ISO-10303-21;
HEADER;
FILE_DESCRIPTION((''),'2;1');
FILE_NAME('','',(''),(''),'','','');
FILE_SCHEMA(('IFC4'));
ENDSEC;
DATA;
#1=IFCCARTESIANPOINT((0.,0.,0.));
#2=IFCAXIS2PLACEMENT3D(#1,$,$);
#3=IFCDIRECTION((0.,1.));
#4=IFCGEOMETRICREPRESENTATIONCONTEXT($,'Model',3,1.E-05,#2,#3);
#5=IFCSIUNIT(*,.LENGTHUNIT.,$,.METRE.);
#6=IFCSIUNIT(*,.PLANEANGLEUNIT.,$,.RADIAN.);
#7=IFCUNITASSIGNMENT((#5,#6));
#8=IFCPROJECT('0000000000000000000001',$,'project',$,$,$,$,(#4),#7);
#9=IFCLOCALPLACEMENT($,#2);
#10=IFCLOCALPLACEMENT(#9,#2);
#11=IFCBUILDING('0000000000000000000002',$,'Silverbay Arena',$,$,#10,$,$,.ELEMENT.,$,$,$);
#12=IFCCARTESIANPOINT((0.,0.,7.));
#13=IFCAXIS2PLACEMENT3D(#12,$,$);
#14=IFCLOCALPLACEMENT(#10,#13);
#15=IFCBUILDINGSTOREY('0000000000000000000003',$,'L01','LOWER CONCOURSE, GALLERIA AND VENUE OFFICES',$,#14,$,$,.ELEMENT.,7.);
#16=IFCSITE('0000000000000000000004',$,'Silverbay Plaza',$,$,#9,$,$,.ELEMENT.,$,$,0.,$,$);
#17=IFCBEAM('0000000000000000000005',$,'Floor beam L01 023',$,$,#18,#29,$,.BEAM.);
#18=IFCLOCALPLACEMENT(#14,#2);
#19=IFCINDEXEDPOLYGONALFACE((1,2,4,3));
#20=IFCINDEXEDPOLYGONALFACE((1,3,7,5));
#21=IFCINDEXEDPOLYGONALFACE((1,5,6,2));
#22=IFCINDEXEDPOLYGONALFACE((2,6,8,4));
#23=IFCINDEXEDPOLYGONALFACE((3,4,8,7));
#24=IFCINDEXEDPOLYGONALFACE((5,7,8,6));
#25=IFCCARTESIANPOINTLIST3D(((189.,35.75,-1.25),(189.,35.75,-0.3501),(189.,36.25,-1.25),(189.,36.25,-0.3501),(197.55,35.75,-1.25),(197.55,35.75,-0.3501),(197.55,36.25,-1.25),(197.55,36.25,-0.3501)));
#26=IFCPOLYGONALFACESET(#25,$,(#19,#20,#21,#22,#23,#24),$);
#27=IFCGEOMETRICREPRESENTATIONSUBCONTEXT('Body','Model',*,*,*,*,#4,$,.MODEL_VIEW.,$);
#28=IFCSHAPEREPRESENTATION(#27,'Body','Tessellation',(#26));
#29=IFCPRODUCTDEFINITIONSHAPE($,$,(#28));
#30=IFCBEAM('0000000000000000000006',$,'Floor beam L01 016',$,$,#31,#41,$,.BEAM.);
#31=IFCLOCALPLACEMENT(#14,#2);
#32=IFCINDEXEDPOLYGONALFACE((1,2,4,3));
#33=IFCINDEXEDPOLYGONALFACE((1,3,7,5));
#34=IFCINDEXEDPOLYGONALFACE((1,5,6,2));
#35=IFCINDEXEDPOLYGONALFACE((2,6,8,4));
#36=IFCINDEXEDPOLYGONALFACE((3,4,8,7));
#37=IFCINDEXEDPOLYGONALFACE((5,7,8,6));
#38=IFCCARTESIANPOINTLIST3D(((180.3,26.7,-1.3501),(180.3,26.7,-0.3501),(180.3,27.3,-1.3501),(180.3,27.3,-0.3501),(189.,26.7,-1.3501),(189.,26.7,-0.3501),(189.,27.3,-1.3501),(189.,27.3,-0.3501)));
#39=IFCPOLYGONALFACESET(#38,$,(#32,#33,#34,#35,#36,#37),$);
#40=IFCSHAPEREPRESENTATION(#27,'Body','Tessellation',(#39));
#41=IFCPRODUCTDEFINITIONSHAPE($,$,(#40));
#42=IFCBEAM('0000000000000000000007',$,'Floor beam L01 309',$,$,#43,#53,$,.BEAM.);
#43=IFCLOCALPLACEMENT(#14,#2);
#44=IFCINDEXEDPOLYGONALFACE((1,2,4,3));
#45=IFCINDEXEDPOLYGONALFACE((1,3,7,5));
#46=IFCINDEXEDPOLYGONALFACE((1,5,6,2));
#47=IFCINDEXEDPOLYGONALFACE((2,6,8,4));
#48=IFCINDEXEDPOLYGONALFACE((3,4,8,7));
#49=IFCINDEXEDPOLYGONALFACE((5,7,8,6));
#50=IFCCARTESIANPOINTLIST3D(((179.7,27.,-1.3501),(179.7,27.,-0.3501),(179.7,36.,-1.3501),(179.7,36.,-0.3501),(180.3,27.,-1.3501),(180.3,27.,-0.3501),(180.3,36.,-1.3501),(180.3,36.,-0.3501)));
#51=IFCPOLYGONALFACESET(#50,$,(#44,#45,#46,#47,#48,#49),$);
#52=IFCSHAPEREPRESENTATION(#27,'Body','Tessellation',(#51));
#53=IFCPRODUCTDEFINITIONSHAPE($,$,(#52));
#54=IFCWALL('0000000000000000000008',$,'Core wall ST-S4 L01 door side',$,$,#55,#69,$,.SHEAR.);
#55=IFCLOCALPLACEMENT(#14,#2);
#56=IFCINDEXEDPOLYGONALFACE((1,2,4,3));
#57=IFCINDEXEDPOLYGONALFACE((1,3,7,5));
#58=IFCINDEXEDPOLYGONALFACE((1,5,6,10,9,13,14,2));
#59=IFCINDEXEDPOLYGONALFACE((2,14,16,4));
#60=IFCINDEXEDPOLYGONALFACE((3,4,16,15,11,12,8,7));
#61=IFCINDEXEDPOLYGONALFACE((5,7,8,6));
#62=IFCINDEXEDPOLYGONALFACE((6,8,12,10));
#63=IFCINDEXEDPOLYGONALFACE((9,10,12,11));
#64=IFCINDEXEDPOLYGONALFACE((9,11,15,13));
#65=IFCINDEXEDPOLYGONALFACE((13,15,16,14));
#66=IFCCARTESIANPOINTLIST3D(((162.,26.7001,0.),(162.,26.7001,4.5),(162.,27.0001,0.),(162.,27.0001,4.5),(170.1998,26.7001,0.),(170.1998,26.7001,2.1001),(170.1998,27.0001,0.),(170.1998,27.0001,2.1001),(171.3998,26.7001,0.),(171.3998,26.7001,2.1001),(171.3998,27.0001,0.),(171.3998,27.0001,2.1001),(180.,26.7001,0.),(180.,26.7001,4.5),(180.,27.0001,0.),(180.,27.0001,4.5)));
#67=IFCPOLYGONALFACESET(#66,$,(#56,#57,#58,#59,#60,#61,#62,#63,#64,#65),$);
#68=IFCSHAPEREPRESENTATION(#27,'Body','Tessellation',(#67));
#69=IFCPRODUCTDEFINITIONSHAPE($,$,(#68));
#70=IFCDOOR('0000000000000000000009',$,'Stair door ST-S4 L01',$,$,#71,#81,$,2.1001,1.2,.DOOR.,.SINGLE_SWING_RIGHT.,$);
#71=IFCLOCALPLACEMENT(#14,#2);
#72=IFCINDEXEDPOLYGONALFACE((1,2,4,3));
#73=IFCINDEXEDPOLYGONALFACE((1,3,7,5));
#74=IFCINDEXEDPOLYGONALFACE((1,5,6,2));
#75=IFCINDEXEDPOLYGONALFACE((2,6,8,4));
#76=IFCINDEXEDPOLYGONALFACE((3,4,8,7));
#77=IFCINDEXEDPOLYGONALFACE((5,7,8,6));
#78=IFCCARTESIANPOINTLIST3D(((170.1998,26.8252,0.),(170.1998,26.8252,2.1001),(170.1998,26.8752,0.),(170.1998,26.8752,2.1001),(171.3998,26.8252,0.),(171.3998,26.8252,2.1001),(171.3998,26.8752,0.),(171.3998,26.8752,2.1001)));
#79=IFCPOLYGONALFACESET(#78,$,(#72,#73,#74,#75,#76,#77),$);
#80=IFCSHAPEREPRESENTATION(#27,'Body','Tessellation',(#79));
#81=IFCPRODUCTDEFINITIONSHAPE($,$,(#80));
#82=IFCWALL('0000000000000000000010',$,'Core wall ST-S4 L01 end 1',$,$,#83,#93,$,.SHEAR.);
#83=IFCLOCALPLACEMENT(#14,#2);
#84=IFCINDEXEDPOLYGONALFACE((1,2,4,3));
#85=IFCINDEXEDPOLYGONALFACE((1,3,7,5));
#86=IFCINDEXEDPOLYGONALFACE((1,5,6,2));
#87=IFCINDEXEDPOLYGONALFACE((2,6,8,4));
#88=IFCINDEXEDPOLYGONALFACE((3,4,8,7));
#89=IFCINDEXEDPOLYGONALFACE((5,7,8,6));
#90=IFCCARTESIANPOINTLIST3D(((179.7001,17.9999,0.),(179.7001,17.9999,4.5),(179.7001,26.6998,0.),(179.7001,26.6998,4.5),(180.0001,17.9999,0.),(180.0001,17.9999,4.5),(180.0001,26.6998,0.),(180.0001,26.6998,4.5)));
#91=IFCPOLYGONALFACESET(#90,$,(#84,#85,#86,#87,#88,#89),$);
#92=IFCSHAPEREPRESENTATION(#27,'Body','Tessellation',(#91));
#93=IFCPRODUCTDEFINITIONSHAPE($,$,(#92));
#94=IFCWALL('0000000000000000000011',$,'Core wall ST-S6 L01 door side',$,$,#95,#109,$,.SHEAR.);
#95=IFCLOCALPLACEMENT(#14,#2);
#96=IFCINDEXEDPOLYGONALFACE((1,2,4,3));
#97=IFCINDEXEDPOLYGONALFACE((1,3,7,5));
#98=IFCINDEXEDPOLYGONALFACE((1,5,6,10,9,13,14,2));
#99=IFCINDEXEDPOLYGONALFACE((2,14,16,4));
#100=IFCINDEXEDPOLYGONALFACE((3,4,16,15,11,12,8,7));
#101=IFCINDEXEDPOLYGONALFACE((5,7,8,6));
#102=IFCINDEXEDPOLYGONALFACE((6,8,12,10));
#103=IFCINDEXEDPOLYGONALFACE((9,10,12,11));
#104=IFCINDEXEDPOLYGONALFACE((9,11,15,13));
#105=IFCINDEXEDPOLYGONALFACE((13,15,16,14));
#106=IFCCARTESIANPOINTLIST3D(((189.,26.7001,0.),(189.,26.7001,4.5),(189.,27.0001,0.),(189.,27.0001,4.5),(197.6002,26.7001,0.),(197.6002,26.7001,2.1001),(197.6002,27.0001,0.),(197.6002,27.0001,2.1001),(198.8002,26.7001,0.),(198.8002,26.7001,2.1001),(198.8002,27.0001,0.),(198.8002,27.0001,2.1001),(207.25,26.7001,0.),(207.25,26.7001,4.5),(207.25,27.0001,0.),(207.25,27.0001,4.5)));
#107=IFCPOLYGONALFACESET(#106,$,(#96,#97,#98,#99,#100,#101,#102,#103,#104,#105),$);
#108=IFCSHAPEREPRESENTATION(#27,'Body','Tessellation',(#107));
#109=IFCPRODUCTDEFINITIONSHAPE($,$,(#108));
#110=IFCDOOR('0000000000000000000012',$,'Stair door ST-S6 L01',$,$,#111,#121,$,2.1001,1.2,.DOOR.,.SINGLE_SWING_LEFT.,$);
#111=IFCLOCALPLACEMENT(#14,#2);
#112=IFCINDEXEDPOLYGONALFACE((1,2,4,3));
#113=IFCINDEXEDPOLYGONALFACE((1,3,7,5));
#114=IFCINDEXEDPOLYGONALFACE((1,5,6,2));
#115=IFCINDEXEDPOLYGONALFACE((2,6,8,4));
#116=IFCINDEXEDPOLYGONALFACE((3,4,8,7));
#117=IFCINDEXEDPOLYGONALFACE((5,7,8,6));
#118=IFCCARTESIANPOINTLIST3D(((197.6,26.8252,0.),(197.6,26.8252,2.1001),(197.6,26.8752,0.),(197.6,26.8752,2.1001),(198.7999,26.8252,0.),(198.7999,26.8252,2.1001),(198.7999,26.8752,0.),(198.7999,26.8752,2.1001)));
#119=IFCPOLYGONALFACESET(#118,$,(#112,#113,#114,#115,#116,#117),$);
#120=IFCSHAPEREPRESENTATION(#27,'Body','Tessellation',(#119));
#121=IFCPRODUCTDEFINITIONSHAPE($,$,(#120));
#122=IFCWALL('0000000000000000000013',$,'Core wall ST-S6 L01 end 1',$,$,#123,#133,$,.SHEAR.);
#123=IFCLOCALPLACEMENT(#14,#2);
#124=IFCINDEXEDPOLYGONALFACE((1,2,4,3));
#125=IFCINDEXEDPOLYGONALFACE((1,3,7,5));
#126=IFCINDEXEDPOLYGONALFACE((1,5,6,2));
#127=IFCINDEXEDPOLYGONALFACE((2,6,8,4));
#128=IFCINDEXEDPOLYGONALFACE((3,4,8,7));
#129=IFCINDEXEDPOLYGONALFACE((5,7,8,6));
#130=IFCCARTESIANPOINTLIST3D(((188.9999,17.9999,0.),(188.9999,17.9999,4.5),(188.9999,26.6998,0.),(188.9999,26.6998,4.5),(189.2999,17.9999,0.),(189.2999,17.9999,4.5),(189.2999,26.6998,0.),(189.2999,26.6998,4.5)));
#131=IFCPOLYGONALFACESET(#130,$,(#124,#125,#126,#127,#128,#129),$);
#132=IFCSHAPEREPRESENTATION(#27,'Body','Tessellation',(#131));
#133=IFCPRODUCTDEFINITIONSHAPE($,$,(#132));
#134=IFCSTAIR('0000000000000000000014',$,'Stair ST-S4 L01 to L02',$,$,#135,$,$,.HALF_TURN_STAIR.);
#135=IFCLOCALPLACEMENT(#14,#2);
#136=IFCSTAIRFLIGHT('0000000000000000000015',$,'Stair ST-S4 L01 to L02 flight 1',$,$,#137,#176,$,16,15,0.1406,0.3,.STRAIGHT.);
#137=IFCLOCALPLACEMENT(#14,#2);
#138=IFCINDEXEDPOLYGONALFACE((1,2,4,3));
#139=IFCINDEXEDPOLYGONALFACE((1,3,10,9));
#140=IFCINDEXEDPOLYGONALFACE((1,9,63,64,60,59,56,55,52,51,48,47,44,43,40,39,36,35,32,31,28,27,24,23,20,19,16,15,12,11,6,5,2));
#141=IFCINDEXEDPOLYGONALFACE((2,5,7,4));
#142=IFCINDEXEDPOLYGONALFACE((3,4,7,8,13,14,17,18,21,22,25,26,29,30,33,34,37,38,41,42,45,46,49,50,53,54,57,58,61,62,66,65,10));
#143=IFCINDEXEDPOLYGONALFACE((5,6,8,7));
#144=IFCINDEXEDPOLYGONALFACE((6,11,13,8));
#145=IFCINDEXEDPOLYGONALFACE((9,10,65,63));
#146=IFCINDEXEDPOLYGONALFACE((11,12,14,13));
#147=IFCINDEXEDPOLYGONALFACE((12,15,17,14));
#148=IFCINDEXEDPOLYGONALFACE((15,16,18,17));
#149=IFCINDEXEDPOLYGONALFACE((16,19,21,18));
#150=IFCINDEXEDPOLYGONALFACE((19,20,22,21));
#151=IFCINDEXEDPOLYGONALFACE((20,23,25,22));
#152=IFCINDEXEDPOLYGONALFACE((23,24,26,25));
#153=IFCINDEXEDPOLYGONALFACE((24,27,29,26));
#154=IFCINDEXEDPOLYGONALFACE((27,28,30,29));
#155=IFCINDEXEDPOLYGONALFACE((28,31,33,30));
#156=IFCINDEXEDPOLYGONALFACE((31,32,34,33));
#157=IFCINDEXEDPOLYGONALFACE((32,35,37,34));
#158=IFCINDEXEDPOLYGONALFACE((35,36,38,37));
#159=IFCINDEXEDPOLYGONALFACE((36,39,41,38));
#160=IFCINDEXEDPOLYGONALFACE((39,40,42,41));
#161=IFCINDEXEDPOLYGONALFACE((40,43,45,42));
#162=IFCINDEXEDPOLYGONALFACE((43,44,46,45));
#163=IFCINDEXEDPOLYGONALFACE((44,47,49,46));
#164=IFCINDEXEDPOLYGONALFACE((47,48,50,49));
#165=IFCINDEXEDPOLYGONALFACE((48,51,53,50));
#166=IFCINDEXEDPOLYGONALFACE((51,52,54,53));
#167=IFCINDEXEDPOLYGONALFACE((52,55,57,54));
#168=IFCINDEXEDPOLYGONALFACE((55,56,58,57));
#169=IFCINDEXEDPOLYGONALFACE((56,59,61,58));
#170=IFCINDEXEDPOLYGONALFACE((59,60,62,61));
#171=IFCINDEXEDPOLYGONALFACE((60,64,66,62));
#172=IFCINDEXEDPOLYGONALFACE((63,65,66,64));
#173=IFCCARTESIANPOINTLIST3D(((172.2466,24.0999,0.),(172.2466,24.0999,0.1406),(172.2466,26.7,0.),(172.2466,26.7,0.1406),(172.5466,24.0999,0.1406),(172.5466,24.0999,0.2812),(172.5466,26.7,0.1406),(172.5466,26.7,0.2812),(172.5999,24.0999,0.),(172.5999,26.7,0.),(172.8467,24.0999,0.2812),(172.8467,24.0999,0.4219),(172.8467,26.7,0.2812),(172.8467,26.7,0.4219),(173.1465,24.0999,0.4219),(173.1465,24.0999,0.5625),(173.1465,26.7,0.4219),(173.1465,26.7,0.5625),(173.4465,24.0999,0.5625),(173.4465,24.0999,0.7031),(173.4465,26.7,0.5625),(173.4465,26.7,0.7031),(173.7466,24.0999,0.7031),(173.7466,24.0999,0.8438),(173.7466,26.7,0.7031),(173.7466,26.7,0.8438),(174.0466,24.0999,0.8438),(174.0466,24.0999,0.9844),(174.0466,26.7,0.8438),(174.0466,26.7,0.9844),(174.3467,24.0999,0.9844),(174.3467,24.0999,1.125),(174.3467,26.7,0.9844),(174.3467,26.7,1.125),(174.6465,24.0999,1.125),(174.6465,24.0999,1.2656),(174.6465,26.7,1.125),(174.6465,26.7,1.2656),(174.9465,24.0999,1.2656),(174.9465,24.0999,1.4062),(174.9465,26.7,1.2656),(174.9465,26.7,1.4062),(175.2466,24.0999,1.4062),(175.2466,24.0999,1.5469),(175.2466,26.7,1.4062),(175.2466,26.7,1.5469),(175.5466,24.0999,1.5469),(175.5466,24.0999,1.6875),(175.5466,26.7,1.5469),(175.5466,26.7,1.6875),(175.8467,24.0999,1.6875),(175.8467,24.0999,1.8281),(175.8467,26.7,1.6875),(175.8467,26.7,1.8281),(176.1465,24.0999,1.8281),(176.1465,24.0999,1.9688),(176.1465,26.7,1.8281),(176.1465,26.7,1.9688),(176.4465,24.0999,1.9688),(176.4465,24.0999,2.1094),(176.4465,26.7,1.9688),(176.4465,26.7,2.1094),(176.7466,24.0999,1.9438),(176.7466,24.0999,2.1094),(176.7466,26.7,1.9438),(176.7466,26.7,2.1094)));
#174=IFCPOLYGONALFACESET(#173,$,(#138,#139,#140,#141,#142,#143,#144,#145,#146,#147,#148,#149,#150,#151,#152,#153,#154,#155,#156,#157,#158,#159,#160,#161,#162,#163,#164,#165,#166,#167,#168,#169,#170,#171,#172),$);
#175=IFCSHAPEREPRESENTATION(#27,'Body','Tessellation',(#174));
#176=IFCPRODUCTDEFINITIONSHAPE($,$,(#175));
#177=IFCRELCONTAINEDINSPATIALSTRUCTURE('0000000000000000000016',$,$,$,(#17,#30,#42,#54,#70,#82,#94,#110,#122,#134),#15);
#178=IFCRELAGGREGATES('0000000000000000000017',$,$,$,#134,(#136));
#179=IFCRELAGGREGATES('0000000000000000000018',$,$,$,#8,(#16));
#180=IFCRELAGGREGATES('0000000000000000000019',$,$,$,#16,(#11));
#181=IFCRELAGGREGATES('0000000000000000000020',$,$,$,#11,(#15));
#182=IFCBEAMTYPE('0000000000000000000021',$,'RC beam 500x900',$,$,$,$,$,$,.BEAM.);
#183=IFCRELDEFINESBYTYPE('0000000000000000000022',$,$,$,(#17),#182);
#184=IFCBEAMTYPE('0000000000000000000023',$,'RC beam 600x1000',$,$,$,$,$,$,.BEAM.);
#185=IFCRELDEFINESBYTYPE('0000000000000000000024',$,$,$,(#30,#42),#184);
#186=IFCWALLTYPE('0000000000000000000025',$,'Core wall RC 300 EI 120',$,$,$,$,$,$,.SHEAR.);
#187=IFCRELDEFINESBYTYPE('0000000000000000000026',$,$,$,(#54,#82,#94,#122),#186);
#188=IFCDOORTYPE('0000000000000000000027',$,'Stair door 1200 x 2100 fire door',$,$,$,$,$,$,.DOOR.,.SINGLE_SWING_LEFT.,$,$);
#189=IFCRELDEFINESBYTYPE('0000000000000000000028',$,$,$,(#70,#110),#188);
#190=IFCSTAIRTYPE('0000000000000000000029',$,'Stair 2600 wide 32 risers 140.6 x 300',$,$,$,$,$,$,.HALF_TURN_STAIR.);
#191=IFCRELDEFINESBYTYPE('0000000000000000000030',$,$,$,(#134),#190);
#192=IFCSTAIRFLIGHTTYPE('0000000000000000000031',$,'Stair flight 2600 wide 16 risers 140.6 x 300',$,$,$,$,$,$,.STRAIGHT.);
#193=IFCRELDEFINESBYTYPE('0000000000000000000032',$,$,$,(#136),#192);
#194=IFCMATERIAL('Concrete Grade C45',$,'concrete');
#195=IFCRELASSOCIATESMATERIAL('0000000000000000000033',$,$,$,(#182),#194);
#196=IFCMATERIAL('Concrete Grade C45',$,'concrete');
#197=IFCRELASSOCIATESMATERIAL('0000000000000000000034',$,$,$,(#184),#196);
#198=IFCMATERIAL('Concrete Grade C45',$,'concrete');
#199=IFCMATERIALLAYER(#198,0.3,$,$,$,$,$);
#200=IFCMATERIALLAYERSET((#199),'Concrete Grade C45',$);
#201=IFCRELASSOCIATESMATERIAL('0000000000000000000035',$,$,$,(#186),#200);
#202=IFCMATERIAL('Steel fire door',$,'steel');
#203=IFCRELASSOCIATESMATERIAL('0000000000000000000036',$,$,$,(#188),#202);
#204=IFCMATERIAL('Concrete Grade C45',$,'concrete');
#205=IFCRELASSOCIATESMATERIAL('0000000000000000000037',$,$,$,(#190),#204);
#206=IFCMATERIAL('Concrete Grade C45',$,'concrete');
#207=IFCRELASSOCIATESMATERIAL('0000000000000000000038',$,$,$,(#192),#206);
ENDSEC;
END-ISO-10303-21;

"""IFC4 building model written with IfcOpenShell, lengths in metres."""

from ifc_helpers import new_model, si_unit, direction, frame, frame_2d, origin, origin_2d, place, context, subcontext, project, spatial, polyline, rectangle, outline, extrude, material, layer, layer_set, material_profile, profile_set, type_object, element, fill, aggregate, save


model = new_model("IFC4")

# Units and contexts
model_context = context("Model", 3, precision=1e-05, world=origin(), true_north=direction((0.0, 1.0)))
body_context = subcontext(model_context, "Body", "Model", "MODEL_VIEW")
ifc_project = project(units=[si_unit("LENGTHUNIT", "METRE"), si_unit("PLANEANGLEUNIT", "RADIAN")], contexts=[model_context])

# Site, building, storey
site_placement = place(None, origin())
site = spatial("IfcSite", under=ifc_project, at=site_placement, Name="Silverbay Plaza", CompositionType="ELEMENT", RefElevation=0.0)
building_placement = place(site_placement, origin())
building = spatial("IfcBuilding", under=site, at=building_placement, Name="Silverbay Arena", CompositionType="ELEMENT")
storey_placement = place(building_placement, frame((0.0, 0.0, 7.0)))
storey = spatial("IfcBuildingStorey", under=building, at=storey_placement, Name="L01", Description="LOWER CONCOURSE, GALLERIA AND VENUE OFFICES", CompositionType="ELEMENT", Elevation=7.0)

# Beams
ifc_material_1 = material(Name="Concrete Grade C45", Category="concrete")
ifc_material_profile_1 = material_profile(ifc_material_1, rectangle(XDim=0.5, YDim=0.8999, at=origin_2d()), Name="RC 500x900")
ifc_profile_set_1 = profile_set([ifc_material_profile_1], Name="Concrete Grade C45")
beam_type_1 = type_object("IfcBeamType", Name="RC beam 500x900", PredefinedType="BEAM", material=ifc_profile_set_1)
beam_1_placement = place(storey_placement, frame((189.0, 36.0, -0.8), z_axis=(1.0, 0.0, 0.0), x_axis=(0.0, 1.0, 0.0)))
element("IfcBeam", 1, at=beam_1_placement, inside=storey, type_object=beam_type_1, Name="Floor beam L01 023", PredefinedType="BEAM", context=body_context, shape_type="SweptSolid", body=[
    extrude(rectangle(XDim=0.5, YDim=0.8999, at=origin_2d()), origin(), (0.0, 0.0, 1.0), 8.55),
])
ifc_material_2 = material(Name="Concrete Grade C45", Category="concrete")
ifc_material_profile_2 = material_profile(ifc_material_2, rectangle(XDim=0.6001, YDim=1.0, at=origin_2d()), Name="RC 600x1000")
ifc_profile_set_2 = profile_set([ifc_material_profile_2], Name="Concrete Grade C45")
beam_type_2 = type_object("IfcBeamType", Name="RC beam 600x1000", PredefinedType="BEAM", material=ifc_profile_set_2)
beam_2_placement = place(storey_placement, frame((180.3, 27.0, -0.8501), z_axis=(1.0, 0.0, 0.0), x_axis=(0.0, 1.0, 0.0)))
element("IfcBeam", 2, at=beam_2_placement, inside=storey, type_object=beam_type_2, Name="Floor beam L01 016", PredefinedType="BEAM", context=body_context, shape_type="SweptSolid", body=[
    extrude(rectangle(XDim=0.6001, YDim=1.0, at=origin_2d()), origin(), (0.0, 0.0, 1.0), 8.7),
])
beam_3_placement = place(storey_placement, frame((180.0, 27.0, -0.8501), z_axis=(0.0, 1.0, 0.0), x_axis=(-1.0, 0.0, 0.0)))
element("IfcBeam", 3, at=beam_3_placement, inside=storey, type_object=beam_type_2, Name="Floor beam L01 309", PredefinedType="BEAM", context=body_context, shape_type="SweptSolid", body=[
    extrude(rectangle(XDim=0.6001, YDim=1.0, at=origin_2d()), origin(), (0.0, 0.0, 1.0), 9.0),
])

# Wall, opening, door
ifc_material_3 = material(Name="Concrete Grade C45", Category="concrete")
ifc_layer = layer(ifc_material_3, 0.3)
ifc_layer_set = layer_set([ifc_layer], Name="Concrete Grade C45")
wall_type = type_object("IfcWallType", Name="Core wall RC 300 EI 120", PredefinedType="SHEAR", material=ifc_layer_set)
wall_1_placement = place(storey_placement, frame((180.0, 26.8501, 0.0), z_axis=(0.0, 0.0, 1.0), x_axis=(-1.0, 0.0, 0.0)))
wall_1 = element("IfcWall", 4, at=wall_1_placement, inside=storey, type_object=wall_type, Name="Core wall ST-S4 L01 door side", PredefinedType="SHEAR", context=body_context, shape_type="SweptSolid", body=[
    extrude(rectangle(XDim=18.0, YDim=0.3, at=frame_2d((9.0, 0.0))), origin(), (0.0, 0.0, 1.0), 4.5),
])
opening_1_placement = place(wall_1_placement, frame((8.6001, 0.0, 0.0)))
opening_1 = element("IfcOpeningElement", 5, at=opening_1_placement, cuts=wall_1, PredefinedType="OPENING", context=body_context, shape_type="SweptSolid", body=[
    extrude(rectangle(XDim=1.2, YDim=2.1001, at=frame_2d((0.6001, 1.05))), frame((0.0, 0.1602, 0.0), z_axis=(0.0, -1.0, 0.0), x_axis=(1.0, 0.0, 0.0)), (0.0, 0.0, 1.0), 0.3201),
])
ifc_material_4 = material(Name="Steel fire door", Category="steel")
door_type = type_object("IfcDoorType", Name="Stair door 1200 x 2100 fire door", OperationType="SINGLE_SWING_LEFT", PredefinedType="DOOR", material=ifc_material_4)
door_1_placement = place(opening_1_placement, origin())
door_1 = element("IfcDoor", 6, at=door_1_placement, inside=storey, type_object=door_type, Name="Stair door ST-S4 L01", OperationType="SINGLE_SWING_RIGHT", OverallHeight=2.1001, OverallWidth=1.2, PredefinedType="DOOR", context=body_context, shape_type="SweptSolid", body=[
    extrude(rectangle(XDim=1.2, YDim=2.1001, at=frame_2d((0.6001, 1.05))), frame((0.0, 0.0249, 0.0), z_axis=(0.0, -1.0, 0.0), x_axis=(1.0, 0.0, 0.0)), (0.0, 0.0, 1.0), 0.05),
])
fill(opening_1, door_1)

# Wall
wall_2_placement = place(storey_placement, frame((179.8501, 26.7, 0.0), z_axis=(0.0, 0.0, 1.0), x_axis=(0.0, -1.0, 0.0)))
element("IfcWall", 7, at=wall_2_placement, inside=storey, type_object=wall_type, Name="Core wall ST-S4 L01 end 1", PredefinedType="SHEAR", context=body_context, shape_type="SweptSolid", body=[
    extrude(rectangle(XDim=8.7, YDim=0.3, at=frame_2d((4.3501, 0.0))), origin(), (0.0, 0.0, 1.0), 4.5),
])

# Wall, opening, door
wall_3_placement = place(storey_placement, frame((189.0, 26.8501, 0.0), z_axis=(0.0, 0.0, 1.0), x_axis=(1.0, 0.0, 0.0)))
wall_3 = element("IfcWall", 8, at=wall_3_placement, inside=storey, type_object=wall_type, Name="Core wall ST-S6 L01 door side", PredefinedType="SHEAR", context=body_context, shape_type="SweptSolid", body=[
    extrude(rectangle(XDim=18.25, YDim=0.3, at=frame_2d((9.125, 0.0))), origin(), (0.0, 0.0, 1.0), 4.5),
])
opening_2_placement = place(wall_3_placement, frame((8.6001, 0.0, 0.0)))
opening_2 = element("IfcOpeningElement", 9, at=opening_2_placement, cuts=wall_3, PredefinedType="OPENING", context=body_context, shape_type="SweptSolid", body=[
    extrude(rectangle(XDim=1.2, YDim=2.1001, at=frame_2d((0.6001, 1.05))), frame((0.0, 0.1602, 0.0), z_axis=(0.0, -1.0, 0.0), x_axis=(1.0, 0.0, 0.0)), (0.0, 0.0, 1.0), 0.3201),
])
door_2_placement = place(opening_2_placement, frame((1.2, 0.0, 0.0), z_axis=(0.0, 0.0, 1.0), x_axis=(-1.0, 0.0, 0.0)))
door_2 = element("IfcDoor", 10, at=door_2_placement, inside=storey, type_object=door_type, Name="Stair door ST-S6 L01", OperationType="SINGLE_SWING_LEFT", OverallHeight=2.1001, OverallWidth=1.2, PredefinedType="DOOR", context=body_context, shape_type="SweptSolid", body=[
    extrude(rectangle(XDim=1.2, YDim=2.1001, at=frame_2d((0.6001, 1.05))), frame((0.0, 0.0249, 0.0), z_axis=(0.0, -1.0, 0.0), x_axis=(1.0, 0.0, 0.0)), (0.0, 0.0, 1.0), 0.05),
])
fill(opening_2, door_2)

# Wall
wall_4_placement = place(storey_placement, frame((189.1499, 26.7, 0.0), z_axis=(0.0, 0.0, 1.0), x_axis=(0.0, -1.0, 0.0)))
element("IfcWall", 11, at=wall_4_placement, inside=storey, type_object=wall_type, Name="Core wall ST-S6 L01 end 1", PredefinedType="SHEAR", context=body_context, shape_type="SweptSolid", body=[
    extrude(rectangle(XDim=8.7, YDim=0.3, at=frame_2d((4.3501, 0.0))), origin(), (0.0, 0.0, 1.0), 4.5),
])

# Stair, stair flight
ifc_material_5 = material(Name="Concrete Grade C45", Category="concrete")
stair_type = type_object("IfcStairType", Name="Stair 2600 wide 32 risers 140.6 x 300", PredefinedType="HALF_TURN_STAIR", material=ifc_material_5)
stair_1_placement = place(storey_placement, origin())
stair_1 = element("IfcStair", 12, at=stair_1_placement, inside=storey, type_object=stair_type, Name="Stair ST-S4 L01 to L02", PredefinedType="HALF_TURN_STAIR")
ifc_material_6 = material(Name="Concrete Grade C45", Category="concrete")
stair_flight_type = type_object("IfcStairFlightType", Name="Stair flight 2600 wide 16 risers 140.6 x 300", PredefinedType="STRAIGHT", material=ifc_material_6)
stair_flight_1_placement = place(storey_placement, frame((172.2466, 25.3999, 0.0), z_axis=(0.0, 0.0, 1.0), x_axis=(1.0, 0.0, 0.0)))
stair_flight_1 = element("IfcStairFlight", 13, at=stair_flight_1_placement, type_object=stair_flight_type, Name="Stair ST-S4 L01 to L02 flight 1", NumberOfRisers=16, NumberOfTreads=15, PredefinedType="STRAIGHT", RiserHeight=0.1406, TreadLength=0.3, context=body_context, shape_type="SweptSolid", body=[
    extrude(outline(polyline([(0.0, 0.0), (0.0, 0.1406), (0.3, 0.1406), (0.3, 0.2812), (0.6001, 0.2812), (0.6001, 0.4219), (0.8999, 0.4219), (0.8999, 0.5625), (1.2, 0.5625), (1.2, 0.7031), (1.5, 0.7031), (1.5, 0.8438), (1.8, 0.8438), (1.8, 0.9844), (2.1001, 0.9844), (2.1001, 1.125), (2.3999, 1.125), (2.3999, 1.2656), (2.7, 1.2656), (2.7, 1.4062), (3.0, 1.4062), (3.0, 1.5469), (3.3, 1.5469), (3.3, 1.6875), (3.6001, 1.6875), (3.6001, 1.8281), (3.8999, 1.8281), (3.8999, 1.9688), (4.2, 1.9688), (4.2, 2.1094), (4.5, 2.1094), (4.5, 1.9438), (0.3533, 0.0), (0.0, 0.0)])), frame((0.0, 1.3, 0.0), z_axis=(0.0, -1.0, 0.0), x_axis=(1.0, 0.0, 0.0)), (0.0, 0.0, 1.0), 2.6001),
])
aggregate(stair_1, [stair_flight_1])

save(model, "model.ifc")
